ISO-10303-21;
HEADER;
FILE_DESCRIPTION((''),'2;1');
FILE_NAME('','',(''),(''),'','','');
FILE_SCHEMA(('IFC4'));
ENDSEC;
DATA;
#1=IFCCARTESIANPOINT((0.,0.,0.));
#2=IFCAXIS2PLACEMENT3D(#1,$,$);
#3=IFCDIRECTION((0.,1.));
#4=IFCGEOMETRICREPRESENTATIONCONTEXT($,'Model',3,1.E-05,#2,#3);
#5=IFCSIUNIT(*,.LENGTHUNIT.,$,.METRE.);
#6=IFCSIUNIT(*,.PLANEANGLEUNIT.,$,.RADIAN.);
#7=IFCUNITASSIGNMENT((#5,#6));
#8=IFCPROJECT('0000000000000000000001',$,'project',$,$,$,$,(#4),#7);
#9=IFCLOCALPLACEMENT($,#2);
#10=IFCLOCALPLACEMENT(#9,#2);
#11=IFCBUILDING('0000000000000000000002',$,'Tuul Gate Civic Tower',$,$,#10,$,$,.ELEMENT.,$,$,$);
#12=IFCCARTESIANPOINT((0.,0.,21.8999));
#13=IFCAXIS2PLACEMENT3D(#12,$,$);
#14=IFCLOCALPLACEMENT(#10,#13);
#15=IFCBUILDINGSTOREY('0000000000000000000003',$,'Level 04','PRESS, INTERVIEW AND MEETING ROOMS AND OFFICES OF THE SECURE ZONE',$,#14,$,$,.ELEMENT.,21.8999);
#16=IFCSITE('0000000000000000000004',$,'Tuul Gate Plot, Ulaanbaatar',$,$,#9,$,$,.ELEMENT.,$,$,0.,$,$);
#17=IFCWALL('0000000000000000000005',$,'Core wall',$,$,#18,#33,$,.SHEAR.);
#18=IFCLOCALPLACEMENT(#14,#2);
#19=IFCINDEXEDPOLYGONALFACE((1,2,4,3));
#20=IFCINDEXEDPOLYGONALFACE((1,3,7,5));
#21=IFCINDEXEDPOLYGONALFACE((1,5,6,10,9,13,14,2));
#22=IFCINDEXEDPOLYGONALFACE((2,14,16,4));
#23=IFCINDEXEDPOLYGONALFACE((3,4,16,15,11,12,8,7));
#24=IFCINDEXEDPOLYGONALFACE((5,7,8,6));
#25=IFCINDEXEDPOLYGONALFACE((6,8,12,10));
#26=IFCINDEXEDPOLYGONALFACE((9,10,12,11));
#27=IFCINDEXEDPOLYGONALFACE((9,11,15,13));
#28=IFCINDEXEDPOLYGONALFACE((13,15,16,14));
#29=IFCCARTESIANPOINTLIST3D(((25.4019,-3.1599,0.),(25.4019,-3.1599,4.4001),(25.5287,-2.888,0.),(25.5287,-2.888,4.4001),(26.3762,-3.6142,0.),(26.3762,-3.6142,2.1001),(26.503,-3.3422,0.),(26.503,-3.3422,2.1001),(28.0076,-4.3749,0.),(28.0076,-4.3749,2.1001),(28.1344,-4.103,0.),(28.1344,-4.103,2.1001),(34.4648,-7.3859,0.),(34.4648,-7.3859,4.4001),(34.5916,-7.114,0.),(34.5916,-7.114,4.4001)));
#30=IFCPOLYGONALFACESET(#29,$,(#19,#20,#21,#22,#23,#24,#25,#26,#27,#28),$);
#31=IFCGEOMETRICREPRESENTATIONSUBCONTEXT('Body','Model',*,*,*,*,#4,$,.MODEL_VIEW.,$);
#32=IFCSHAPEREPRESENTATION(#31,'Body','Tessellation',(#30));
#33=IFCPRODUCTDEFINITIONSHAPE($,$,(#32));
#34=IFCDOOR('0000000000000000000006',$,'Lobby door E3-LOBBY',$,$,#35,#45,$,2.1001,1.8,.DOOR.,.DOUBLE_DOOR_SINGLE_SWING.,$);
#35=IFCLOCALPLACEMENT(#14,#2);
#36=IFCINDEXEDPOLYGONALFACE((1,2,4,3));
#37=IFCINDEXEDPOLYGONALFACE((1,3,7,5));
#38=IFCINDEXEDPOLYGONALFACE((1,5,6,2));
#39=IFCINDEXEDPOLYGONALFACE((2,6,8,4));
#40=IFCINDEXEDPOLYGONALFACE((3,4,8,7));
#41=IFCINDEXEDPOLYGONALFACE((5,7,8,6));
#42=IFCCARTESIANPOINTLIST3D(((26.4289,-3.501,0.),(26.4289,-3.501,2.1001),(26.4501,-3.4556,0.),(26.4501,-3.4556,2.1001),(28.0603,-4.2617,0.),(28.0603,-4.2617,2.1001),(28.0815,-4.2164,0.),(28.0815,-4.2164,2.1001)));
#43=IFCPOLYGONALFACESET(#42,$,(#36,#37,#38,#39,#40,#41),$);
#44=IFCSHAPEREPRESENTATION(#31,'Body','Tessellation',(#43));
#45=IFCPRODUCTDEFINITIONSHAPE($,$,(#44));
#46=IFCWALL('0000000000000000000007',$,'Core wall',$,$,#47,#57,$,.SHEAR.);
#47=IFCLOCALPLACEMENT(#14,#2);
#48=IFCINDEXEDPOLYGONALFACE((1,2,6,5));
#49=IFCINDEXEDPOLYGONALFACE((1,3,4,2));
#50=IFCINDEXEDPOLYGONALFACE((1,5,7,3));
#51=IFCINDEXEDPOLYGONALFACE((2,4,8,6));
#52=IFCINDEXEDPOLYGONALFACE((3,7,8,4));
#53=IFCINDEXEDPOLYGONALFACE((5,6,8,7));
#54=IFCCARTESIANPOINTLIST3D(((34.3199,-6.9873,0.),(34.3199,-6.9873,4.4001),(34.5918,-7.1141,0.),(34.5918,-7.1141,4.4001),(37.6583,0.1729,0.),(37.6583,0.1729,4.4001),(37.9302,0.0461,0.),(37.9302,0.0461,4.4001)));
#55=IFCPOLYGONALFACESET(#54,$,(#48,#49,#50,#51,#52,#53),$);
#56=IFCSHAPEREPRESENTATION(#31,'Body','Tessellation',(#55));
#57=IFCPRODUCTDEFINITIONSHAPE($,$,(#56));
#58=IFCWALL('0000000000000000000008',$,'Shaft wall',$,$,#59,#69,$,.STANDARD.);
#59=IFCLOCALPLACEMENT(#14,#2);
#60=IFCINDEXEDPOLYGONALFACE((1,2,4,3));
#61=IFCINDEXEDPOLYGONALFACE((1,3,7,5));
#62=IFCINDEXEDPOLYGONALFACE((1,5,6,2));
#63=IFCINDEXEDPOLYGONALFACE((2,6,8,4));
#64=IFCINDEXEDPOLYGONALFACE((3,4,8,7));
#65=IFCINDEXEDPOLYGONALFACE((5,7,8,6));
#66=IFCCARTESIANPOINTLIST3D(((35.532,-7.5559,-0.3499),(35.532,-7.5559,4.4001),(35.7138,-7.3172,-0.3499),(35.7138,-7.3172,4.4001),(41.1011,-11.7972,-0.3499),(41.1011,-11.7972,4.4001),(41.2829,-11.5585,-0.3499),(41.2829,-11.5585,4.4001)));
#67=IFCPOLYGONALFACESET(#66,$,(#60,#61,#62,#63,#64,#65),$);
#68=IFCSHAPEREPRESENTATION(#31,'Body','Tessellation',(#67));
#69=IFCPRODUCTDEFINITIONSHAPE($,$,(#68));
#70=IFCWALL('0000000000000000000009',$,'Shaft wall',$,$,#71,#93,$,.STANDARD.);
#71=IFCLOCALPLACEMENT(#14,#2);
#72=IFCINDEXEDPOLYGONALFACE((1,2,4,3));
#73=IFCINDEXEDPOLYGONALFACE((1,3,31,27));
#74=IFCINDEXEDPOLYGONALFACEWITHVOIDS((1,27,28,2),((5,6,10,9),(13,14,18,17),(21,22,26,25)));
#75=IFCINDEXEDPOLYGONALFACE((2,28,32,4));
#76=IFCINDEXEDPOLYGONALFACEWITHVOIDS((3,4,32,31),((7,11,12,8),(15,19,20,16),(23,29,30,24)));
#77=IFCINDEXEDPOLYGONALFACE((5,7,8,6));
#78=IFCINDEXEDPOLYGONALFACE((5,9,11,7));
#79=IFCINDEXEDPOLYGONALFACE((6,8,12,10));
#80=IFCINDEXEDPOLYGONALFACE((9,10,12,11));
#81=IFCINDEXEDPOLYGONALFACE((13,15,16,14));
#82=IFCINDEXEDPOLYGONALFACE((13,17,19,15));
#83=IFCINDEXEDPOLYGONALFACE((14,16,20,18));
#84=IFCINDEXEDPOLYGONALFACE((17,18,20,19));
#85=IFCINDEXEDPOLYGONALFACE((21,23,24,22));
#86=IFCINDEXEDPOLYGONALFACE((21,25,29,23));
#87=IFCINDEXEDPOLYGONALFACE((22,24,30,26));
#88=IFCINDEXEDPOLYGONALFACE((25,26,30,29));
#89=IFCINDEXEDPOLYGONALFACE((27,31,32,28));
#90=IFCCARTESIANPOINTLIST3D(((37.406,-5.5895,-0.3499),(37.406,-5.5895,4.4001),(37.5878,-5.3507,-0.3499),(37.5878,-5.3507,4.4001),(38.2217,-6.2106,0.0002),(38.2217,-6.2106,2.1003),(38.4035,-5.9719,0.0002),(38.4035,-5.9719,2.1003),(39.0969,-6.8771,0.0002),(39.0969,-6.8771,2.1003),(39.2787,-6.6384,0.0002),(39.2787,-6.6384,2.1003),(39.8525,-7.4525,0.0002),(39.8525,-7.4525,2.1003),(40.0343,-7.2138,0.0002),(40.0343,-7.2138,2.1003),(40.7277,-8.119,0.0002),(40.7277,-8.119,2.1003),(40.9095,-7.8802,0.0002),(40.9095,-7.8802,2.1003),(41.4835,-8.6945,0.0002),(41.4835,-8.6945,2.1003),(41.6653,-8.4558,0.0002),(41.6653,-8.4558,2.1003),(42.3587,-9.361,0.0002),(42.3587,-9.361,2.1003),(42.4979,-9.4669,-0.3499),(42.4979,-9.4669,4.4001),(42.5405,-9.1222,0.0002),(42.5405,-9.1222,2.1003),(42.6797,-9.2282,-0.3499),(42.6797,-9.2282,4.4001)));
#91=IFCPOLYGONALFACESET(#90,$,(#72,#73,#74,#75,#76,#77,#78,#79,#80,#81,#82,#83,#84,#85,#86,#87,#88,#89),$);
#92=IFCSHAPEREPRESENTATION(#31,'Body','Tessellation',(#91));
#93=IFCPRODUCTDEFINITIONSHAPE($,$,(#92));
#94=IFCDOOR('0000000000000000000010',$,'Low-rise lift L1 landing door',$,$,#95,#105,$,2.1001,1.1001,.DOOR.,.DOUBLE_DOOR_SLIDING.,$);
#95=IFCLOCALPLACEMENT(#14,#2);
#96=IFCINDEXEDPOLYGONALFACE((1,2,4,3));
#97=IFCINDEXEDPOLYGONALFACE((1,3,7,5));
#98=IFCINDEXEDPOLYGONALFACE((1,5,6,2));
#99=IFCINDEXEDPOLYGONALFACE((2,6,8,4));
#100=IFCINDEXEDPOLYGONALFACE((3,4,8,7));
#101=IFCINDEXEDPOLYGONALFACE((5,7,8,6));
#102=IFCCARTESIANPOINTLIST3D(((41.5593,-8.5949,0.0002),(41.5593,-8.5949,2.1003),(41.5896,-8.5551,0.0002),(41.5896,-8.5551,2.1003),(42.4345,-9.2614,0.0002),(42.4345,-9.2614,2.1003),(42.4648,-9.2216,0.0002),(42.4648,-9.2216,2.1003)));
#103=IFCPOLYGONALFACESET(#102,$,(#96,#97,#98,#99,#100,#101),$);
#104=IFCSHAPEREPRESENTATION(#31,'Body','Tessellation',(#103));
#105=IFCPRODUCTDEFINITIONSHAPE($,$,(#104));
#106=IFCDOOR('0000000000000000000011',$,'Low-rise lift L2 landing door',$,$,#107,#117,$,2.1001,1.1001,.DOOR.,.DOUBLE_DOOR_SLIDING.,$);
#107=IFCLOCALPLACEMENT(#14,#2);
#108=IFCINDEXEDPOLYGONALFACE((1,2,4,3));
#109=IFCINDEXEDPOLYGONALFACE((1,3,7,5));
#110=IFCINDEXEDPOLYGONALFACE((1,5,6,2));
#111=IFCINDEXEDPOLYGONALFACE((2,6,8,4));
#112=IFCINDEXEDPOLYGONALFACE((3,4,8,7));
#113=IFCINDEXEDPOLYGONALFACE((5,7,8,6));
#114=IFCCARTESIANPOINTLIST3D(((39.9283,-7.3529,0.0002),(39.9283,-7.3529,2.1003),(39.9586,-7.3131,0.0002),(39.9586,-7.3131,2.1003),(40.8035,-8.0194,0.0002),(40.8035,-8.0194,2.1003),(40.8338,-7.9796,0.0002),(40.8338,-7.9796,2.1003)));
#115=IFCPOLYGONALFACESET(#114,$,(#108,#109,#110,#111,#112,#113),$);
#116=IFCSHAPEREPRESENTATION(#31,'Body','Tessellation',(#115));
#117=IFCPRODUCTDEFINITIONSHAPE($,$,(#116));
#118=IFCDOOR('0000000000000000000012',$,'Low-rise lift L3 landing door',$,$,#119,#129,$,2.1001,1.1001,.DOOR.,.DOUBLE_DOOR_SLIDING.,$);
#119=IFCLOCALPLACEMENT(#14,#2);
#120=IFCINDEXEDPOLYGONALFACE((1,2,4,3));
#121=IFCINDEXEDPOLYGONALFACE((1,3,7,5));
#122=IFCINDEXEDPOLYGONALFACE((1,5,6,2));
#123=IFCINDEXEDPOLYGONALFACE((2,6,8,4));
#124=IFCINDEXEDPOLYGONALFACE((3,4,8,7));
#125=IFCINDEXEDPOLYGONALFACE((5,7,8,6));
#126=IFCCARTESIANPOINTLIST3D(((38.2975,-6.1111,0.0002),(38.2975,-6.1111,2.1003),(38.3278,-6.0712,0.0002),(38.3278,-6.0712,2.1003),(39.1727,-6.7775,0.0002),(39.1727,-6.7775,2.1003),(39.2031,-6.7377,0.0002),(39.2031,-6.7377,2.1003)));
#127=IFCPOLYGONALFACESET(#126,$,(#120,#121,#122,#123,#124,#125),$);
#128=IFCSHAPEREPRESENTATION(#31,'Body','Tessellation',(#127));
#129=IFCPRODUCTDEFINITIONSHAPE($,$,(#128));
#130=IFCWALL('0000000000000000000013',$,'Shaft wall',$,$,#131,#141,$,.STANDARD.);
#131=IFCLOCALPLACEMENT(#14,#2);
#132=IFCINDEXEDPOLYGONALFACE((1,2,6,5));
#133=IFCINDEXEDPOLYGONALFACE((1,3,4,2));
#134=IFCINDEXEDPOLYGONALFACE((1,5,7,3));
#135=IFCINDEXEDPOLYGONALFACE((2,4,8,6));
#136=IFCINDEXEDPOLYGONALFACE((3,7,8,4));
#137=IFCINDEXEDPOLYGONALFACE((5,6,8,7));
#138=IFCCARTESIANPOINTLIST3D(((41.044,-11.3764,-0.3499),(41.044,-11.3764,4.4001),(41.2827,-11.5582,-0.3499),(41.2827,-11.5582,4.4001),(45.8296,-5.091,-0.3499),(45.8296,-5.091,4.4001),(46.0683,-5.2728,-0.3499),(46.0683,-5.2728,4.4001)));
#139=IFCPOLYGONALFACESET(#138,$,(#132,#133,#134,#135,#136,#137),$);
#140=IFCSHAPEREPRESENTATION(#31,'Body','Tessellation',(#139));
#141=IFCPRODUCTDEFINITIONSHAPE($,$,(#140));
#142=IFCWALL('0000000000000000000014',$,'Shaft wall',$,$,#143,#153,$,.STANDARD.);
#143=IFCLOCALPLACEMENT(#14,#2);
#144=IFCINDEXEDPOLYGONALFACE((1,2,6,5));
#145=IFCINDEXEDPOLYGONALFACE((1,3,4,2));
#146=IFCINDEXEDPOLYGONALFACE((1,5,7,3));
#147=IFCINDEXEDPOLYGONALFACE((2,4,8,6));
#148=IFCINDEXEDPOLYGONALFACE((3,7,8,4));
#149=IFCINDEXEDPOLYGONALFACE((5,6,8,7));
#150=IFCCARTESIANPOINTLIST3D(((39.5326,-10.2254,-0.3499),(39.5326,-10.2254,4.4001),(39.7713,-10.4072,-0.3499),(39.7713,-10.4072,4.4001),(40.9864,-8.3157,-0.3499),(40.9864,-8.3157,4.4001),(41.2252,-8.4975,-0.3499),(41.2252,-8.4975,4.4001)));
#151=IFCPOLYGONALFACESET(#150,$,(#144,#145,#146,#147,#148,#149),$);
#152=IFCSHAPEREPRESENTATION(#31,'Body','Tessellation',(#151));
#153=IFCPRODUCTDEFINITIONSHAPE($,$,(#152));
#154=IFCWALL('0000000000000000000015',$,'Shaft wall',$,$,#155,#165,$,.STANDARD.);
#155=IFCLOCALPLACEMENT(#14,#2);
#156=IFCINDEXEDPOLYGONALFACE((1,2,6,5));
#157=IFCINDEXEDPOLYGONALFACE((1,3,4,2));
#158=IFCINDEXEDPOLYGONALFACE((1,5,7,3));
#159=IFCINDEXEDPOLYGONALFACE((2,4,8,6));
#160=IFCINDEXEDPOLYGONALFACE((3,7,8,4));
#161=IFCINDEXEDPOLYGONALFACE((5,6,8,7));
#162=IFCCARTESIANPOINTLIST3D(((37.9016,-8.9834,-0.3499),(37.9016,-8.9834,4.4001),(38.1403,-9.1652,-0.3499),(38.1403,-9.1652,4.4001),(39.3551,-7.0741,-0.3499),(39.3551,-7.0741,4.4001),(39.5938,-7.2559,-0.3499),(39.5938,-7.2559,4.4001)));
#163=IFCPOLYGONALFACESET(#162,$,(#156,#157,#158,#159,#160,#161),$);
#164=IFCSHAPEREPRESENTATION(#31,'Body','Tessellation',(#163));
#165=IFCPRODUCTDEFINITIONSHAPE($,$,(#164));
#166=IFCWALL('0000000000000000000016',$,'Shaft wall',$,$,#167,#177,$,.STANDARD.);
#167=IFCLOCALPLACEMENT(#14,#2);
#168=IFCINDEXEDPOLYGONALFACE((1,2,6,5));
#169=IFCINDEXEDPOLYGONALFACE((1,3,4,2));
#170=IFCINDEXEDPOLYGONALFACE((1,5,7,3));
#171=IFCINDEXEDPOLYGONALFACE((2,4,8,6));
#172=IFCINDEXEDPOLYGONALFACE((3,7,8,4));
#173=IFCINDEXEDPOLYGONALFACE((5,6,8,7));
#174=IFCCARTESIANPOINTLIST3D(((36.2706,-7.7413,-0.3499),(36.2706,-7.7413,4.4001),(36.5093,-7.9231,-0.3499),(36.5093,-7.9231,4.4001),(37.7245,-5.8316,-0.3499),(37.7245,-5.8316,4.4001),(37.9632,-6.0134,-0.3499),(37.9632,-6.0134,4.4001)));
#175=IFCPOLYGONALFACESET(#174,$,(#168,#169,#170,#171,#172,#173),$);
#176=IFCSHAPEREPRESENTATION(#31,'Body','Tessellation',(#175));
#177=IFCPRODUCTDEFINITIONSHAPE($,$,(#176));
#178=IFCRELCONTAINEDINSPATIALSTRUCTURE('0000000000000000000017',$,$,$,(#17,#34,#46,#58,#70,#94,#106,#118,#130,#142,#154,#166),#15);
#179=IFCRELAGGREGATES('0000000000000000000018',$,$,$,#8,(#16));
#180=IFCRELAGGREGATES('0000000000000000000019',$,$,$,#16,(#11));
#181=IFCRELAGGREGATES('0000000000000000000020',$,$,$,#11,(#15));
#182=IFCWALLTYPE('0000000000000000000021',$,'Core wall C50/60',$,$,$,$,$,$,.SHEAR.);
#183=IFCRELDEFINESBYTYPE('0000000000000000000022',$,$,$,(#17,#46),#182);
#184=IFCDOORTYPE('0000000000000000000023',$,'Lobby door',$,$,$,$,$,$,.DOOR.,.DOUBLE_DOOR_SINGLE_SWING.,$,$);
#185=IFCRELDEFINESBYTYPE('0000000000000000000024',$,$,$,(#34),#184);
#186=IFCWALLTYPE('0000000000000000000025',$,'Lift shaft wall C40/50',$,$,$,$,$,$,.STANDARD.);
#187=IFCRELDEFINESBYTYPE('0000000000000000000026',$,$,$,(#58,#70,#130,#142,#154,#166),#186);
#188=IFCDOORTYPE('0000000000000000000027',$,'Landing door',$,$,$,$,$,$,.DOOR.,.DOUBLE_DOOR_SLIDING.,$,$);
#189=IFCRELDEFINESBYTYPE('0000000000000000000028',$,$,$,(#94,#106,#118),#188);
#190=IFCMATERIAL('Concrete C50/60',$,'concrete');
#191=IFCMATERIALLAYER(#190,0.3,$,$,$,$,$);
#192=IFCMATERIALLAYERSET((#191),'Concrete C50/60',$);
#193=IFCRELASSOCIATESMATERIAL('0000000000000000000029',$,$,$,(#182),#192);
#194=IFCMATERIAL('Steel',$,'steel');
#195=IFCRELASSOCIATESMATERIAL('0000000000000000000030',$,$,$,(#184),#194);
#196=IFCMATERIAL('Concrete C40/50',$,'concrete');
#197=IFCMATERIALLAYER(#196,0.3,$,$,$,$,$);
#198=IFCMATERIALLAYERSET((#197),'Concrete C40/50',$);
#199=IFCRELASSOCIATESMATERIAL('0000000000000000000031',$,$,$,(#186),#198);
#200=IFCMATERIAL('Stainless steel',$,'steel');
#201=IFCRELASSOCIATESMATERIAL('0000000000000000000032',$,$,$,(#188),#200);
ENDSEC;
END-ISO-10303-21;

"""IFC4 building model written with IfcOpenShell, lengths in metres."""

from ifc_helpers import new_model, si_unit, direction, frame, frame_2d, origin, place, context, subcontext, project, spatial, rectangle, extrude, material, layer, layer_set, type_object, element, fill, save


model = new_model("IFC4")

# Units and contexts
model_context = context("Model", 3, precision=1e-05, world=origin(), true_north=direction((0.0, 1.0)))
body_context = subcontext(model_context, "Body", "Model", "MODEL_VIEW")
ifc_project = project(units=[si_unit("LENGTHUNIT", "METRE"), si_unit("PLANEANGLEUNIT", "RADIAN")], contexts=[model_context])

# Site, building, storey
site_placement = place(None, origin())
site = spatial("IfcSite", under=ifc_project, at=site_placement, Name="Tuul Gate Plot, Ulaanbaatar", CompositionType="ELEMENT", RefElevation=0.0)
building_placement = place(site_placement, origin())
building = spatial("IfcBuilding", under=site, at=building_placement, Name="Tuul Gate Civic Tower", CompositionType="ELEMENT")
storey_placement = place(building_placement, frame((0.0, 0.0, 21.8999)))
storey = spatial("IfcBuildingStorey", under=building, at=storey_placement, Name="Level 04", Description="PRESS, INTERVIEW AND MEETING ROOMS AND OFFICES OF THE SECURE ZONE", CompositionType="ELEMENT", Elevation=21.8999)

# Wall, opening, door
ifc_material_1 = material(Name="Concrete C50/60", Category="concrete")
ifc_layer_1 = layer(ifc_material_1, 0.3)
ifc_layer_set_1 = layer_set([ifc_layer_1], Name="Concrete C50/60")
wall_type_1 = type_object("IfcWallType", Name="Core wall C50/60", PredefinedType="SHEAR", material=ifc_layer_set_1)
wall_1_placement = place(storey_placement, frame((34.5283, -7.25, 0.0), z_axis=(0.0, 0.0, 1.0), x_axis=(-0.90631, 0.422613, 0.0)))
wall_1 = element("IfcWall", 1, at=wall_1_placement, inside=storey, type_object=wall_type_1, Name="Core wall", PredefinedType="SHEAR", context=body_context, shape_type="SweptSolid", body=[
    extrude(rectangle(XDim=9.9998, YDim=0.3, at=frame_2d((5.0, 0.0))), origin(), (0.0, 0.0, 1.0), 4.4001),
])
opening_1_placement = place(wall_1_placement, frame((7.125, 0.0, 0.0)))
opening_1 = element("IfcOpeningElement", 2, at=opening_1_placement, cuts=wall_1, PredefinedType="OPENING", context=body_context, shape_type="SweptSolid", body=[
    extrude(rectangle(XDim=1.8, YDim=2.1001, at=frame_2d((0.8999, 1.05))), frame((0.0, 0.1602, 0.0), z_axis=(0.0, -1.0, 0.0), x_axis=(1.0, 0.0, 0.0)), (0.0, 0.0, 1.0), 0.3201),
])
ifc_material_2 = material(Name="Steel", Category="steel")
door_type_1 = type_object("IfcDoorType", Name="Lobby door", OperationType="DOUBLE_DOOR_SINGLE_SWING", PredefinedType="DOOR", material=ifc_material_2)
door_1_placement = place(opening_1_placement, frame((1.8, 0.0, 0.0), z_axis=(0.0, 0.0, 1.0), x_axis=(-1.0, 0.0, 0.0)))
door_1 = element("IfcDoor", 3, at=door_1_placement, inside=storey, type_object=door_type_1, Name="Lobby door E3-LOBBY", OperationType="DOUBLE_DOOR_SINGLE_SWING", OverallHeight=2.1001, OverallWidth=1.8, PredefinedType="DOOR", context=body_context, shape_type="SweptSolid", body=[
    extrude(rectangle(XDim=1.8, YDim=2.1001, at=frame_2d((0.9001, 1.05))), frame((0.0, 0.0249, 0.0), z_axis=(0.0, -1.0, 0.0), x_axis=(1.0, 0.0, 0.0)), (0.0, 0.0, 1.0), 0.05),
])
fill(opening_1, door_1)

# Walls
wall_2_placement = place(storey_placement, frame((34.4558, -7.0508, 0.0), z_axis=(0.0, 0.0, 1.0), x_axis=(0.422571, 0.90633, 0.0)))
element("IfcWall", 4, at=wall_2_placement, inside=storey, type_object=wall_type_1, Name="Core wall", PredefinedType="SHEAR", context=body_context, shape_type="SweptSolid", body=[
    extrude(rectangle(XDim=7.9001, YDim=0.3, at=frame_2d((3.9502, 0.0))), origin(), (0.0, 0.0, 1.0), 4.4001),
])
ifc_material_3 = material(Name="Concrete C40/50", Category="concrete")
ifc_layer_2 = layer(ifc_material_3, 0.3)
ifc_layer_set_2 = layer_set([ifc_layer_2], Name="Concrete C40/50")
wall_type_2 = type_object("IfcWallType", Name="Lift shaft wall C40/50", PredefinedType="STANDARD", material=ifc_layer_set_2)
wall_3_placement = place(storey_placement, frame((41.1919, -11.6777, -0.3499), z_axis=(0.0, 0.0, 1.0), x_axis=(-0.795563, 0.605871, 0.0)))
element("IfcWall", 5, at=wall_3_placement, inside=storey, type_object=wall_type_2, Name="Shaft wall", PredefinedType="STANDARD", context=body_context, shape_type="SweptSolid", body=[
    extrude(rectangle(XDim=7.0002, YDim=0.3, at=frame_2d((3.5, 0.0))), origin(), (0.0, 0.0, 1.0), 4.75),
])

# Wall, openings, doors
wall_4_placement = place(storey_placement, frame((42.5889, -9.3477, -0.3499), z_axis=(0.0, 0.0, 1.0), x_axis=(-0.795584, 0.605843, 0.0)))
wall_4 = element("IfcWall", 6, at=wall_4_placement, inside=storey, type_object=wall_type_2, Name="Shaft wall", PredefinedType="STANDARD", context=body_context, shape_type="SweptSolid", body=[
    extrude(rectangle(XDim=6.4001, YDim=0.3, at=frame_2d((3.2002, 0.0))), origin(), (0.0, 0.0, 1.0), 4.75),
])
opening_2_placement = place(wall_4_placement, frame((0.175, 0.0, 0.3501)))
opening_2 = element("IfcOpeningElement", 7, at=opening_2_placement, cuts=wall_4, PredefinedType="OPENING", context=body_context, shape_type="SweptSolid", body=[
    extrude(rectangle(XDim=1.1001, YDim=2.1001, at=frame_2d((0.55, 1.05))), frame((0.0, 0.1602, 0.0), z_axis=(0.0, -1.0, 0.0), x_axis=(1.0, 0.0, 0.0)), (0.0, 0.0, 1.0), 0.3201),
])
opening_3_placement = place(wall_4_placement, frame((2.2251, 0.0, 0.3501)))
opening_3 = element("IfcOpeningElement", 8, at=opening_3_placement, cuts=wall_4, PredefinedType="OPENING", context=body_context, shape_type="SweptSolid", body=[
    extrude(rectangle(XDim=1.1001, YDim=2.1001, at=frame_2d((0.55, 1.05))), frame((0.0, 0.1602, 0.0), z_axis=(0.0, -1.0, 0.0), x_axis=(1.0, 0.0, 0.0)), (0.0, 0.0, 1.0), 0.3201),
])
opening_4_placement = place(wall_4_placement, frame((4.2749, 0.0, 0.3501)))
opening_4 = element("IfcOpeningElement", 9, at=opening_4_placement, cuts=wall_4, PredefinedType="OPENING", context=body_context, shape_type="SweptSolid", body=[
    extrude(rectangle(XDim=1.1001, YDim=2.1001, at=frame_2d((0.55, 1.05))), frame((0.0, 0.1602, 0.0), z_axis=(0.0, -1.0, 0.0), x_axis=(1.0, 0.0, 0.0)), (0.0, 0.0, 1.0), 0.3201),
])
ifc_material_4 = material(Name="Stainless steel", Category="steel")
door_type_2 = type_object("IfcDoorType", Name="Landing door", OperationType="DOUBLE_DOOR_SLIDING", PredefinedType="DOOR", material=ifc_material_4)
door_2_placement = place(opening_2_placement, origin())
door_2 = element("IfcDoor", 10, at=door_2_placement, inside=storey, type_object=door_type_2, Name="Low-rise lift L1 landing door", OperationType="DOUBLE_DOOR_SLIDING", OverallHeight=2.1001, OverallWidth=1.1001, PredefinedType="DOOR", context=body_context, shape_type="SweptSolid", body=[
    extrude(rectangle(XDim=1.1001, YDim=2.1001, at=frame_2d((0.55, 1.05))), frame((0.0, 0.0249, 0.0), z_axis=(0.0, -1.0, 0.0), x_axis=(1.0, 0.0, 0.0)), (0.0, 0.0, 1.0), 0.05),
])
fill(opening_2, door_2)
door_3_placement = place(opening_3_placement, origin())
door_3 = element("IfcDoor", 11, at=door_3_placement, inside=storey, type_object=door_type_2, Name="Low-rise lift L2 landing door", OperationType="DOUBLE_DOOR_SLIDING", OverallHeight=2.1001, OverallWidth=1.1001, PredefinedType="DOOR", context=body_context, shape_type="SweptSolid", body=[
    extrude(rectangle(XDim=1.1001, YDim=2.1001, at=frame_2d((0.55, 1.05))), frame((0.0, 0.0249, 0.0), z_axis=(0.0, -1.0, 0.0), x_axis=(1.0, 0.0, 0.0)), (0.0, 0.0, 1.0), 0.05),
])
fill(opening_3, door_3)
door_4_placement = place(opening_4_placement, origin())
door_4 = element("IfcDoor", 12, at=door_4_placement, inside=storey, type_object=door_type_2, Name="Low-rise lift L3 landing door", OperationType="DOUBLE_DOOR_SLIDING", OverallHeight=2.1001, OverallWidth=1.1001, PredefinedType="DOOR", context=body_context, shape_type="SweptSolid", body=[
    extrude(rectangle(XDim=1.1001, YDim=2.1001, at=frame_2d((0.55, 1.05))), frame((0.0, 0.0249, 0.0), z_axis=(0.0, -1.0, 0.0), x_axis=(1.0, 0.0, 0.0)), (0.0, 0.0, 1.0), 0.05),
])
fill(opening_4, door_4)

# Walls
wall_5_placement = place(storey_placement, frame((41.1633, -11.4673, -0.3499), z_axis=(0.0, 0.0, 1.0), x_axis=(0.605784, 0.795629, 0.0)))
element("IfcWall", 13, at=wall_5_placement, inside=storey, type_object=wall_type_2, Name="Shaft wall", PredefinedType="STANDARD", context=body_context, shape_type="SweptSolid", body=[
    extrude(rectangle(XDim=7.8999, YDim=0.3, at=frame_2d((3.95, 0.0))), origin(), (0.0, 0.0, 1.0), 4.75),
])
wall_6_placement = place(storey_placement, frame((39.6519, -10.3164, -0.3499), z_axis=(0.0, 0.0, 1.0), x_axis=(0.605746, 0.795658, 0.0)))
element("IfcWall", 14, at=wall_6_placement, inside=storey, type_object=wall_type_2, Name="Shaft wall", PredefinedType="STANDARD", context=body_context, shape_type="SweptSolid", body=[
    extrude(rectangle(XDim=2.4001, YDim=0.3, at=frame_2d((1.2002, 0.0))), origin(), (0.0, 0.0, 1.0), 4.75),
])
wall_7_placement = place(storey_placement, frame((38.021, -9.0742, -0.3499), z_axis=(0.0, 0.0, 1.0), x_axis=(0.605731, 0.79567, 0.0)))
element("IfcWall", 15, at=wall_7_placement, inside=storey, type_object=wall_type_2, Name="Shaft wall", PredefinedType="STANDARD", context=body_context, shape_type="SweptSolid", body=[
    extrude(rectangle(XDim=2.3997, YDim=0.3, at=frame_2d((1.1997, 0.0))), origin(), (0.0, 0.0, 1.0), 4.75),
])
wall_8_placement = place(storey_placement, frame((36.3899, -7.8323, -0.3499), z_axis=(0.0, 0.0, 1.0), x_axis=(0.605746, 0.795658, 0.0)))
element("IfcWall", 16, at=wall_8_placement, inside=storey, type_object=wall_type_2, Name="Shaft wall", PredefinedType="STANDARD", context=body_context, shape_type="SweptSolid", body=[
    extrude(rectangle(XDim=2.4001, YDim=0.3, at=frame_2d((1.2002, 0.0))), origin(), (0.0, 0.0, 1.0), 4.75),
])

save(model, "model.ifc")
